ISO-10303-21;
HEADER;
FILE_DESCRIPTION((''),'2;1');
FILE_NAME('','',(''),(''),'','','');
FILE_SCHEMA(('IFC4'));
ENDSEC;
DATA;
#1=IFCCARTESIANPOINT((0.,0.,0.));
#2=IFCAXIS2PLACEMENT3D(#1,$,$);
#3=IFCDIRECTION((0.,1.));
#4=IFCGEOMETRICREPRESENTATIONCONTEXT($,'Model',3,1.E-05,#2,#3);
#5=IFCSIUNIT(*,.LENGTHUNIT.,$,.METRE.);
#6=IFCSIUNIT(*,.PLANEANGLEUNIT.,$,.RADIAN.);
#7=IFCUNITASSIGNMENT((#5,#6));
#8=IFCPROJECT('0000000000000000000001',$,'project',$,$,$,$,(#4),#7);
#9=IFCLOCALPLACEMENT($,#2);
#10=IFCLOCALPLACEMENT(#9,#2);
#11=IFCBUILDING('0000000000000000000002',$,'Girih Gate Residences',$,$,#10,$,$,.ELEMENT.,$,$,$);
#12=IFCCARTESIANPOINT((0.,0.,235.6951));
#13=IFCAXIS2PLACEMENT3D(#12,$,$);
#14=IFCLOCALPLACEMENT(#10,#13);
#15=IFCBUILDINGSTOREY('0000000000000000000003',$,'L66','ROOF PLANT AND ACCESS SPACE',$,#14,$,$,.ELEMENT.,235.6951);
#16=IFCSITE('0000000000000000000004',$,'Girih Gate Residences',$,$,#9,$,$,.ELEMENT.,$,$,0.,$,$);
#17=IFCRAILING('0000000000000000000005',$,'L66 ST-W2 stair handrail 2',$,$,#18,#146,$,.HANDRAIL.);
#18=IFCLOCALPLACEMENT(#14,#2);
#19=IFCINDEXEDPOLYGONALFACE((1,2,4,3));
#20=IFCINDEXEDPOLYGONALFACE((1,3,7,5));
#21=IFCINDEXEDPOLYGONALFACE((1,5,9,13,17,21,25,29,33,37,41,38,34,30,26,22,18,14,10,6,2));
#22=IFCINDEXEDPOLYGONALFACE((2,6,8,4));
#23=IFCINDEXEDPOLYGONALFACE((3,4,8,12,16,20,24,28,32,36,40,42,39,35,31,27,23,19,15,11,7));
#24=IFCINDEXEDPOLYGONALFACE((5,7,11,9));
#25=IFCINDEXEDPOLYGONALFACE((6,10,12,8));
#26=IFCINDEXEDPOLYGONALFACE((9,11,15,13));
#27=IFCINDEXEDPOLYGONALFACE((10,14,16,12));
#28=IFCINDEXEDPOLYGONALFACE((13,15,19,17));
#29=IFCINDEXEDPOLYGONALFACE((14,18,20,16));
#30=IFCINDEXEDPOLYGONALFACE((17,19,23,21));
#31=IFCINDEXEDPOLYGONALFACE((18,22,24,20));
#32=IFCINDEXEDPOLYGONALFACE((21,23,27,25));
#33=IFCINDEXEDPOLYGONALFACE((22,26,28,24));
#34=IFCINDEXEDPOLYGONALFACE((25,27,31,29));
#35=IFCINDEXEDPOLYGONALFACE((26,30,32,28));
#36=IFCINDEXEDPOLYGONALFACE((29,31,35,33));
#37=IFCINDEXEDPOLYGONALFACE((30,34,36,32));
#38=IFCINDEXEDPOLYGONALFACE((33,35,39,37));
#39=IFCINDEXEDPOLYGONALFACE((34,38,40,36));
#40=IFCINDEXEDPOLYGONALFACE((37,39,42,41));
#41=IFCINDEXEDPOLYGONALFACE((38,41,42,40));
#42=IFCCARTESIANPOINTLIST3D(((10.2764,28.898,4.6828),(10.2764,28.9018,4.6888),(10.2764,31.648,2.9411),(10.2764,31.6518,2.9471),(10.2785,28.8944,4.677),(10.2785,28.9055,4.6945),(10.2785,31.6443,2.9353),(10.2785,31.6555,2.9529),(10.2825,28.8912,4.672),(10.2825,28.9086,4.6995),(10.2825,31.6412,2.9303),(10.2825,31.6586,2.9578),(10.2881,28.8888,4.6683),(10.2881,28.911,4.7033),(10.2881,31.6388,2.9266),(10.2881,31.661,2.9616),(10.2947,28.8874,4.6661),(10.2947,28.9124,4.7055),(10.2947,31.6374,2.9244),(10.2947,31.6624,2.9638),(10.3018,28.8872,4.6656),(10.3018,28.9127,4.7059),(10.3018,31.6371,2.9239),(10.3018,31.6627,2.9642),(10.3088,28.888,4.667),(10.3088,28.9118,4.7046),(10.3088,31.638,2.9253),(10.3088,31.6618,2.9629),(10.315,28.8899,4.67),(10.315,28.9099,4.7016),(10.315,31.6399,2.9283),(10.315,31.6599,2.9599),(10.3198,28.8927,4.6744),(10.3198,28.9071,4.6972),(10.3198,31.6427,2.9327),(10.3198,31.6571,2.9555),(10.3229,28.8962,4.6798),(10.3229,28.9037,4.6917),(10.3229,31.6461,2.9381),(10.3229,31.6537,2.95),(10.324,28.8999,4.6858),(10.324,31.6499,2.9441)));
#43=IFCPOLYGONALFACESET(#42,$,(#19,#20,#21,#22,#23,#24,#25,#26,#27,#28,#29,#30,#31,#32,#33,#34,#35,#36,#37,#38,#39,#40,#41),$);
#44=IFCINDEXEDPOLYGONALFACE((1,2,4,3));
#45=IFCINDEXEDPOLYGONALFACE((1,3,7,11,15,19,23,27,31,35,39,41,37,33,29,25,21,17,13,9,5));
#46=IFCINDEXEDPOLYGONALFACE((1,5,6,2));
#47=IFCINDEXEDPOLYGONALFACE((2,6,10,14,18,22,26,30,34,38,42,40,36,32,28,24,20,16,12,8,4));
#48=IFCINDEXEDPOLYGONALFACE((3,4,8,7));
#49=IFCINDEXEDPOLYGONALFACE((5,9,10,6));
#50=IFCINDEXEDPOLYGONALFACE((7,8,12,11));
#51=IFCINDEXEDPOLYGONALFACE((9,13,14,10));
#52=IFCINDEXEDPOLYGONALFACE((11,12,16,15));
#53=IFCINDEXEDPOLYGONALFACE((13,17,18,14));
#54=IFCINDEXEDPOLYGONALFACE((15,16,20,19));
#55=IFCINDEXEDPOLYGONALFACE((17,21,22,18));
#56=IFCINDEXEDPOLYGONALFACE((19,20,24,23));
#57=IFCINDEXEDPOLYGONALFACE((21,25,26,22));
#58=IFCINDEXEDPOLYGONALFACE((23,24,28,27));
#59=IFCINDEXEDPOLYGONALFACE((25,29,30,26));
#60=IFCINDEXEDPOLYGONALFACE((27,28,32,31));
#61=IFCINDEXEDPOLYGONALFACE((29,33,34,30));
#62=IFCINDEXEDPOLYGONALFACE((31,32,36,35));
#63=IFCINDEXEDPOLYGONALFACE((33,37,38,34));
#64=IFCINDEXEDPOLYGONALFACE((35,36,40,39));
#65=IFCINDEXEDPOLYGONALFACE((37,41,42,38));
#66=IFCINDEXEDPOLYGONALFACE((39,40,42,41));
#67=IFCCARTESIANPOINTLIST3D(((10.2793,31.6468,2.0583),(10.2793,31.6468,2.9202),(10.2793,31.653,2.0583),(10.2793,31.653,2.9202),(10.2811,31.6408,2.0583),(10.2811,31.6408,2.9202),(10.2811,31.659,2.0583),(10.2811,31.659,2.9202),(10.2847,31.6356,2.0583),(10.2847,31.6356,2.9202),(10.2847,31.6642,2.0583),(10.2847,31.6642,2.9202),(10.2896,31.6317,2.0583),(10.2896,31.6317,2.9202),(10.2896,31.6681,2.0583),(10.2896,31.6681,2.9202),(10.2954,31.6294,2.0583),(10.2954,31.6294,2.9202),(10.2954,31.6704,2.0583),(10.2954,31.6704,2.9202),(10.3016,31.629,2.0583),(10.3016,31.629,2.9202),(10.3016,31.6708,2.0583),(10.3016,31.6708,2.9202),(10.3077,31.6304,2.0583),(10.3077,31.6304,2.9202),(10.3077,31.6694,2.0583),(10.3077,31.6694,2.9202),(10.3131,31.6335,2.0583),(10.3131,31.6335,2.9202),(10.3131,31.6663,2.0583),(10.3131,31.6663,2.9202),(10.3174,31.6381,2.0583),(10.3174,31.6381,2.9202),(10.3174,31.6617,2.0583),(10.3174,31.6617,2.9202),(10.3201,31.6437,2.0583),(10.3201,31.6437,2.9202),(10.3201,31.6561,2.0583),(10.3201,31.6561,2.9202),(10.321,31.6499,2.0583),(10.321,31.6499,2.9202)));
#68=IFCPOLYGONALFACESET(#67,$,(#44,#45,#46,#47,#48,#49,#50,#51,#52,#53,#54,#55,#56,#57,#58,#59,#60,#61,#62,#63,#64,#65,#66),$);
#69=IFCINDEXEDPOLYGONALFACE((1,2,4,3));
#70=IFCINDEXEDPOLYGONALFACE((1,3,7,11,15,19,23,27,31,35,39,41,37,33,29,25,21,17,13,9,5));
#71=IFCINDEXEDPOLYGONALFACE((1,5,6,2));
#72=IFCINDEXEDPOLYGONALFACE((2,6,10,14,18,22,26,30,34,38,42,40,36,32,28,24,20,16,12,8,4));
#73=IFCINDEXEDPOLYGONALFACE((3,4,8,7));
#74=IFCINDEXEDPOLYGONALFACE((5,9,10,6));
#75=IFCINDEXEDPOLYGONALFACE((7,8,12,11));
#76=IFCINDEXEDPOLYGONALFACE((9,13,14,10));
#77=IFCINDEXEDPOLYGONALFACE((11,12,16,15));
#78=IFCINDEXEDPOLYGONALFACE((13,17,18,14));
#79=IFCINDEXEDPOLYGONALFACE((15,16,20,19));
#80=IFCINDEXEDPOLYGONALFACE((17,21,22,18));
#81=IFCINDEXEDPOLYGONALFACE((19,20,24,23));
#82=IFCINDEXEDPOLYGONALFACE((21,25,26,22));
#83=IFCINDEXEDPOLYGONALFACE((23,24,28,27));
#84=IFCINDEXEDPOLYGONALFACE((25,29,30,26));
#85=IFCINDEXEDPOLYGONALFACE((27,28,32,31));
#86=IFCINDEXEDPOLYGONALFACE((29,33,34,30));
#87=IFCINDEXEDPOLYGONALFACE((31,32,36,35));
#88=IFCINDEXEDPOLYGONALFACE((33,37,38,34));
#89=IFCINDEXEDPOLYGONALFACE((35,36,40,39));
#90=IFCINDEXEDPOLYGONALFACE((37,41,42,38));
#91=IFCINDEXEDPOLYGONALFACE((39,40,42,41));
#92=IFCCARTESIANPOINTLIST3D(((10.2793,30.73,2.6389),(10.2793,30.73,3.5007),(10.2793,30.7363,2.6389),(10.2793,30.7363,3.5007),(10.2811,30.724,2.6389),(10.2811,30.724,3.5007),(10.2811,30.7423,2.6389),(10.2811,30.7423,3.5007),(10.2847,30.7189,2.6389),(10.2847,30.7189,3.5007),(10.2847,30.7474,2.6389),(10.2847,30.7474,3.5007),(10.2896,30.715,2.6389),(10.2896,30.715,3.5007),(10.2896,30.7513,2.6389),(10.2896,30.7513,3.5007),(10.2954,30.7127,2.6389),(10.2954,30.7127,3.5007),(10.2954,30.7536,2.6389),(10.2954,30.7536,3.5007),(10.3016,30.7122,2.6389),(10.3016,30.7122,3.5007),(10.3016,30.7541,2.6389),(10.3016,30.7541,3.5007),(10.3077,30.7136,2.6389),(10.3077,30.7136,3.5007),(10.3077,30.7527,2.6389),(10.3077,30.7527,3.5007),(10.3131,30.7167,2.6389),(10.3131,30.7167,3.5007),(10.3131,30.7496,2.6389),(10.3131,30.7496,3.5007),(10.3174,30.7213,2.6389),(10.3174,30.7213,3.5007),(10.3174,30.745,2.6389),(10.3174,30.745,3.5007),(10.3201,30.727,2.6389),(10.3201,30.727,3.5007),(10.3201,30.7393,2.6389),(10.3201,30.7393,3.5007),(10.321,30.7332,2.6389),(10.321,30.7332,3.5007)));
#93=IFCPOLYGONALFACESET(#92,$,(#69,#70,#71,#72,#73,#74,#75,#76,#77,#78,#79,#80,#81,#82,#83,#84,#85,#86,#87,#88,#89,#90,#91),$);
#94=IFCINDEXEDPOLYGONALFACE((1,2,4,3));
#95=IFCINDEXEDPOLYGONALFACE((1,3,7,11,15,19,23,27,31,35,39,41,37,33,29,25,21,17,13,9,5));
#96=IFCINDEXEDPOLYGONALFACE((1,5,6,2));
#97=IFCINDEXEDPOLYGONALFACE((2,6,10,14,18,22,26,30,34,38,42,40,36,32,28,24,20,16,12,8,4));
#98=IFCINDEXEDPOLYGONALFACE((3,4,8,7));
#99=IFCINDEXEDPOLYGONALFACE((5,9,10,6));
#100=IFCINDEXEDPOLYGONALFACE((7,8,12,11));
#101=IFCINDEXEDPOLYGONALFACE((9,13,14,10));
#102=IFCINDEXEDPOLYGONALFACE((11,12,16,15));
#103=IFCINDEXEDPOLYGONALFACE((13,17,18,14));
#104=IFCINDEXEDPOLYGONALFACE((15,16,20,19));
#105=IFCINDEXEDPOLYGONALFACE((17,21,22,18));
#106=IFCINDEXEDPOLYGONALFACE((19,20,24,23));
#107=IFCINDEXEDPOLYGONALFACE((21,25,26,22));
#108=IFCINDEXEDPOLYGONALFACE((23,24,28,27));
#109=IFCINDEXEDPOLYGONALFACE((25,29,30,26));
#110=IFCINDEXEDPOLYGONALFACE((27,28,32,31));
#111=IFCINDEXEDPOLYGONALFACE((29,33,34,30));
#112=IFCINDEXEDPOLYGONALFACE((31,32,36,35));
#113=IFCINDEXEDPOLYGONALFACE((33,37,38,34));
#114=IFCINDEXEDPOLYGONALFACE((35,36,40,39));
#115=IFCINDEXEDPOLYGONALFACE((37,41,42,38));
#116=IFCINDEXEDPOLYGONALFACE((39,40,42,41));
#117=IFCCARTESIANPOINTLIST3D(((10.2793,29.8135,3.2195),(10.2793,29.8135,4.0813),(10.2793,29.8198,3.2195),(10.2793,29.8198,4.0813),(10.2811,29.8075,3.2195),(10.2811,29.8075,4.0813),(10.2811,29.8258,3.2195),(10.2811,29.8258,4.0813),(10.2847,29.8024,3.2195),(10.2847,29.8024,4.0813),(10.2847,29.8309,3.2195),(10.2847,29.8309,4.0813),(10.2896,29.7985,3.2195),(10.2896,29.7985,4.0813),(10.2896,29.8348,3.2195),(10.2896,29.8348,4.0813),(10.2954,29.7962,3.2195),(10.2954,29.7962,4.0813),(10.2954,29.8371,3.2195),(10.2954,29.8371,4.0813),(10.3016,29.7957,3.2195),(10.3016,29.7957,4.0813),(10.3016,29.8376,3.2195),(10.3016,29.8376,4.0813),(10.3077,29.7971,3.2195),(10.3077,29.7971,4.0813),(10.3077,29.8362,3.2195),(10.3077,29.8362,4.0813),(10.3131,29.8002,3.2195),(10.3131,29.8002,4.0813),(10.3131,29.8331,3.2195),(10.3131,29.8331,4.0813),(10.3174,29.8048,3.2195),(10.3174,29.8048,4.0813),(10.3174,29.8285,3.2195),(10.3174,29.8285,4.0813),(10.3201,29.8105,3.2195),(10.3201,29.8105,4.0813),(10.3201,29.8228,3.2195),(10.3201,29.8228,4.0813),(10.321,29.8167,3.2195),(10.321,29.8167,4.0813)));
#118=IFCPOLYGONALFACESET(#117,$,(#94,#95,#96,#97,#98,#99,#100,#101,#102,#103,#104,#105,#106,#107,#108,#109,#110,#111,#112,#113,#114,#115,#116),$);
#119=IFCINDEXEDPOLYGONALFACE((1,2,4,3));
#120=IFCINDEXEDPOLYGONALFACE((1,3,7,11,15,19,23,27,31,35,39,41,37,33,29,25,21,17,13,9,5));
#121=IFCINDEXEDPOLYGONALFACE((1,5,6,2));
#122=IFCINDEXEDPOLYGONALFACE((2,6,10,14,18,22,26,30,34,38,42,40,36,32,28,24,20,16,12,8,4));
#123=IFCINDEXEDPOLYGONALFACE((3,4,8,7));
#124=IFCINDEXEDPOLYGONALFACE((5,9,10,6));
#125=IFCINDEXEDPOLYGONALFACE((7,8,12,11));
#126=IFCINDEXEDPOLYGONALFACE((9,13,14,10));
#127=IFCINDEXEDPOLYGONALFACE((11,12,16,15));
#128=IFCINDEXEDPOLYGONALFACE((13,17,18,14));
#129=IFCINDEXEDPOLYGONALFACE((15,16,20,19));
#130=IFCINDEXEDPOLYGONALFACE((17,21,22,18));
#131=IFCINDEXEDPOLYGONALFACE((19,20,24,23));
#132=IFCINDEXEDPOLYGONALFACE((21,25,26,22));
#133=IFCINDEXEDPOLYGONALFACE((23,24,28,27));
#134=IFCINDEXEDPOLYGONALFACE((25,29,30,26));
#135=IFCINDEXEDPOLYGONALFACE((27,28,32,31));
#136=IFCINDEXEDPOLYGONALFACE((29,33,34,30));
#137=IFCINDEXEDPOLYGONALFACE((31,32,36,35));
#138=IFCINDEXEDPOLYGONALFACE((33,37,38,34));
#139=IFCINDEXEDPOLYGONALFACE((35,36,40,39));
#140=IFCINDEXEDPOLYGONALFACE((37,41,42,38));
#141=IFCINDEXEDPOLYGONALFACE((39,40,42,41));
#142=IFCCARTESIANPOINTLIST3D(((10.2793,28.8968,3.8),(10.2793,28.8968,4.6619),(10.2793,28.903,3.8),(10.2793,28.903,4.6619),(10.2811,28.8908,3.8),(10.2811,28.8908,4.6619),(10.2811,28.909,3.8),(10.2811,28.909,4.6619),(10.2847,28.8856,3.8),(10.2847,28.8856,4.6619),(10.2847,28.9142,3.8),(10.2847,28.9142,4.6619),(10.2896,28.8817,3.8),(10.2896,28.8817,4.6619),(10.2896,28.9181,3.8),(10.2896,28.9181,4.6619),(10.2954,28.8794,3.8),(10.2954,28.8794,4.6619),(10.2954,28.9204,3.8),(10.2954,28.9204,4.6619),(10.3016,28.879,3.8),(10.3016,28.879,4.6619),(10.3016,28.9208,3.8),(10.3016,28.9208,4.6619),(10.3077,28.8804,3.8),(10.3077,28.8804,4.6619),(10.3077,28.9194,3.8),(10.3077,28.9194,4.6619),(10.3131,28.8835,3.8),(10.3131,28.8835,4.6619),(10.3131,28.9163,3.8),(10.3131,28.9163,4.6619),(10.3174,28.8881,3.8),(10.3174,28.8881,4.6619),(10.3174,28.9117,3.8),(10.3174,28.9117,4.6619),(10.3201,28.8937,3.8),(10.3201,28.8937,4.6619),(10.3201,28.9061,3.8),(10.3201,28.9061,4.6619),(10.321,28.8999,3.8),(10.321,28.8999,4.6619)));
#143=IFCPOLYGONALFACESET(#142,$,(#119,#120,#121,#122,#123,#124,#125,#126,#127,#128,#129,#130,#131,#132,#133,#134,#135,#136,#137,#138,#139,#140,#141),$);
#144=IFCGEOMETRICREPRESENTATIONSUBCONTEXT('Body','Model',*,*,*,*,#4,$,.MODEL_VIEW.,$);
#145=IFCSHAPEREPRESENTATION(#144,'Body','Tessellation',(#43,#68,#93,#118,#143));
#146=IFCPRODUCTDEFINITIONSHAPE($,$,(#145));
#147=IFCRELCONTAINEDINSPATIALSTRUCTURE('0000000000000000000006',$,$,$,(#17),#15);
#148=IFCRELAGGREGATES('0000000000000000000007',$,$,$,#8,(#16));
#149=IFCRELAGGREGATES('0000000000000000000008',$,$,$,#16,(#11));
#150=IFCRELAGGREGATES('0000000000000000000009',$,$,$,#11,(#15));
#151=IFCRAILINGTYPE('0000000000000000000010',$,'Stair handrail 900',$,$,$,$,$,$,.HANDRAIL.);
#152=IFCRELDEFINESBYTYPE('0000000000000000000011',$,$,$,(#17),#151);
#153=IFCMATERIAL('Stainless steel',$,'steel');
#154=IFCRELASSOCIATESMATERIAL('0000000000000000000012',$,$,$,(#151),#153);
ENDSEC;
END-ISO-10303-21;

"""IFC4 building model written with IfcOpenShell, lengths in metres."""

from ifc_helpers import new_model, si_unit, direction, frame, origin, origin_2d, place, context, subcontext, project, spatial, circle, extrude, material, type_object, element, save


model = new_model("IFC4")

# Units and contexts
model_context = context("Model", 3, precision=1e-05, world=origin(), true_north=direction((0.0, 1.0)))
body_context = subcontext(model_context, "Body", "Model", "MODEL_VIEW")
ifc_project = project(units=[si_unit("LENGTHUNIT", "METRE"), si_unit("PLANEANGLEUNIT", "RADIAN")], contexts=[model_context])

# Site, building, storey
site_placement = place(None, origin())
site = spatial("IfcSite", under=ifc_project, at=site_placement, Name="Girih Gate Residences", CompositionType="ELEMENT", RefElevation=0.0)
building_placement = place(site_placement, origin())
building = spatial("IfcBuilding", under=site, at=building_placement, Name="Girih Gate Residences", CompositionType="ELEMENT")
storey_placement = place(building_placement, frame((0.0, 0.0, 235.6951)))
storey = spatial("IfcBuildingStorey", under=building, at=storey_placement, Name="L66", Description="ROOF PLANT AND ACCESS SPACE", CompositionType="ELEMENT", Elevation=235.6951)

# Railing
ifc_material_1 = material(Name="Stainless steel", Category="steel")
railing_type_1 = type_object("IfcRailingType", Name="Stair handrail 900", PredefinedType="HANDRAIL", material=ifc_material_1)
railing_1_placement = place(storey_placement, frame((10.3, 31.6499, 2.0583)))
element("IfcRailing", 1, at=railing_1_placement, inside=storey, type_object=railing_type_1, Name="L66 ST-W2 stair handrail 2", PredefinedType="HANDRAIL", context=body_context, shape_type="SweptSolid", body=[
    extrude(circle(Radius=0.0239, at=origin_2d()), frame((0.0, 0.0, 0.8857), z_axis=(0.0, -0.844815, 0.535059), x_axis=(1.0, 0.0, 0.0)), (0.0, 0.0, 1.0), 3.2551),
    extrude(circle(Radius=0.021, at=origin_2d()), origin(), (0.0, 0.0, 1.0), 0.8618),
    extrude(circle(Radius=0.021, at=origin_2d()), frame((0.0, -0.9167, 0.5806)), (0.0, 0.0, 1.0), 0.8618),
    extrude(circle(Radius=0.021, at=origin_2d()), frame((0.0, -1.8333, 1.1611)), (0.0, 0.0, 1.0), 0.8618),
    extrude(circle(Radius=0.021, at=origin_2d()), frame((0.0, -2.75, 1.7417)), (0.0, 0.0, 1.0), 0.8618),
])

save(model, "model.ifc")
